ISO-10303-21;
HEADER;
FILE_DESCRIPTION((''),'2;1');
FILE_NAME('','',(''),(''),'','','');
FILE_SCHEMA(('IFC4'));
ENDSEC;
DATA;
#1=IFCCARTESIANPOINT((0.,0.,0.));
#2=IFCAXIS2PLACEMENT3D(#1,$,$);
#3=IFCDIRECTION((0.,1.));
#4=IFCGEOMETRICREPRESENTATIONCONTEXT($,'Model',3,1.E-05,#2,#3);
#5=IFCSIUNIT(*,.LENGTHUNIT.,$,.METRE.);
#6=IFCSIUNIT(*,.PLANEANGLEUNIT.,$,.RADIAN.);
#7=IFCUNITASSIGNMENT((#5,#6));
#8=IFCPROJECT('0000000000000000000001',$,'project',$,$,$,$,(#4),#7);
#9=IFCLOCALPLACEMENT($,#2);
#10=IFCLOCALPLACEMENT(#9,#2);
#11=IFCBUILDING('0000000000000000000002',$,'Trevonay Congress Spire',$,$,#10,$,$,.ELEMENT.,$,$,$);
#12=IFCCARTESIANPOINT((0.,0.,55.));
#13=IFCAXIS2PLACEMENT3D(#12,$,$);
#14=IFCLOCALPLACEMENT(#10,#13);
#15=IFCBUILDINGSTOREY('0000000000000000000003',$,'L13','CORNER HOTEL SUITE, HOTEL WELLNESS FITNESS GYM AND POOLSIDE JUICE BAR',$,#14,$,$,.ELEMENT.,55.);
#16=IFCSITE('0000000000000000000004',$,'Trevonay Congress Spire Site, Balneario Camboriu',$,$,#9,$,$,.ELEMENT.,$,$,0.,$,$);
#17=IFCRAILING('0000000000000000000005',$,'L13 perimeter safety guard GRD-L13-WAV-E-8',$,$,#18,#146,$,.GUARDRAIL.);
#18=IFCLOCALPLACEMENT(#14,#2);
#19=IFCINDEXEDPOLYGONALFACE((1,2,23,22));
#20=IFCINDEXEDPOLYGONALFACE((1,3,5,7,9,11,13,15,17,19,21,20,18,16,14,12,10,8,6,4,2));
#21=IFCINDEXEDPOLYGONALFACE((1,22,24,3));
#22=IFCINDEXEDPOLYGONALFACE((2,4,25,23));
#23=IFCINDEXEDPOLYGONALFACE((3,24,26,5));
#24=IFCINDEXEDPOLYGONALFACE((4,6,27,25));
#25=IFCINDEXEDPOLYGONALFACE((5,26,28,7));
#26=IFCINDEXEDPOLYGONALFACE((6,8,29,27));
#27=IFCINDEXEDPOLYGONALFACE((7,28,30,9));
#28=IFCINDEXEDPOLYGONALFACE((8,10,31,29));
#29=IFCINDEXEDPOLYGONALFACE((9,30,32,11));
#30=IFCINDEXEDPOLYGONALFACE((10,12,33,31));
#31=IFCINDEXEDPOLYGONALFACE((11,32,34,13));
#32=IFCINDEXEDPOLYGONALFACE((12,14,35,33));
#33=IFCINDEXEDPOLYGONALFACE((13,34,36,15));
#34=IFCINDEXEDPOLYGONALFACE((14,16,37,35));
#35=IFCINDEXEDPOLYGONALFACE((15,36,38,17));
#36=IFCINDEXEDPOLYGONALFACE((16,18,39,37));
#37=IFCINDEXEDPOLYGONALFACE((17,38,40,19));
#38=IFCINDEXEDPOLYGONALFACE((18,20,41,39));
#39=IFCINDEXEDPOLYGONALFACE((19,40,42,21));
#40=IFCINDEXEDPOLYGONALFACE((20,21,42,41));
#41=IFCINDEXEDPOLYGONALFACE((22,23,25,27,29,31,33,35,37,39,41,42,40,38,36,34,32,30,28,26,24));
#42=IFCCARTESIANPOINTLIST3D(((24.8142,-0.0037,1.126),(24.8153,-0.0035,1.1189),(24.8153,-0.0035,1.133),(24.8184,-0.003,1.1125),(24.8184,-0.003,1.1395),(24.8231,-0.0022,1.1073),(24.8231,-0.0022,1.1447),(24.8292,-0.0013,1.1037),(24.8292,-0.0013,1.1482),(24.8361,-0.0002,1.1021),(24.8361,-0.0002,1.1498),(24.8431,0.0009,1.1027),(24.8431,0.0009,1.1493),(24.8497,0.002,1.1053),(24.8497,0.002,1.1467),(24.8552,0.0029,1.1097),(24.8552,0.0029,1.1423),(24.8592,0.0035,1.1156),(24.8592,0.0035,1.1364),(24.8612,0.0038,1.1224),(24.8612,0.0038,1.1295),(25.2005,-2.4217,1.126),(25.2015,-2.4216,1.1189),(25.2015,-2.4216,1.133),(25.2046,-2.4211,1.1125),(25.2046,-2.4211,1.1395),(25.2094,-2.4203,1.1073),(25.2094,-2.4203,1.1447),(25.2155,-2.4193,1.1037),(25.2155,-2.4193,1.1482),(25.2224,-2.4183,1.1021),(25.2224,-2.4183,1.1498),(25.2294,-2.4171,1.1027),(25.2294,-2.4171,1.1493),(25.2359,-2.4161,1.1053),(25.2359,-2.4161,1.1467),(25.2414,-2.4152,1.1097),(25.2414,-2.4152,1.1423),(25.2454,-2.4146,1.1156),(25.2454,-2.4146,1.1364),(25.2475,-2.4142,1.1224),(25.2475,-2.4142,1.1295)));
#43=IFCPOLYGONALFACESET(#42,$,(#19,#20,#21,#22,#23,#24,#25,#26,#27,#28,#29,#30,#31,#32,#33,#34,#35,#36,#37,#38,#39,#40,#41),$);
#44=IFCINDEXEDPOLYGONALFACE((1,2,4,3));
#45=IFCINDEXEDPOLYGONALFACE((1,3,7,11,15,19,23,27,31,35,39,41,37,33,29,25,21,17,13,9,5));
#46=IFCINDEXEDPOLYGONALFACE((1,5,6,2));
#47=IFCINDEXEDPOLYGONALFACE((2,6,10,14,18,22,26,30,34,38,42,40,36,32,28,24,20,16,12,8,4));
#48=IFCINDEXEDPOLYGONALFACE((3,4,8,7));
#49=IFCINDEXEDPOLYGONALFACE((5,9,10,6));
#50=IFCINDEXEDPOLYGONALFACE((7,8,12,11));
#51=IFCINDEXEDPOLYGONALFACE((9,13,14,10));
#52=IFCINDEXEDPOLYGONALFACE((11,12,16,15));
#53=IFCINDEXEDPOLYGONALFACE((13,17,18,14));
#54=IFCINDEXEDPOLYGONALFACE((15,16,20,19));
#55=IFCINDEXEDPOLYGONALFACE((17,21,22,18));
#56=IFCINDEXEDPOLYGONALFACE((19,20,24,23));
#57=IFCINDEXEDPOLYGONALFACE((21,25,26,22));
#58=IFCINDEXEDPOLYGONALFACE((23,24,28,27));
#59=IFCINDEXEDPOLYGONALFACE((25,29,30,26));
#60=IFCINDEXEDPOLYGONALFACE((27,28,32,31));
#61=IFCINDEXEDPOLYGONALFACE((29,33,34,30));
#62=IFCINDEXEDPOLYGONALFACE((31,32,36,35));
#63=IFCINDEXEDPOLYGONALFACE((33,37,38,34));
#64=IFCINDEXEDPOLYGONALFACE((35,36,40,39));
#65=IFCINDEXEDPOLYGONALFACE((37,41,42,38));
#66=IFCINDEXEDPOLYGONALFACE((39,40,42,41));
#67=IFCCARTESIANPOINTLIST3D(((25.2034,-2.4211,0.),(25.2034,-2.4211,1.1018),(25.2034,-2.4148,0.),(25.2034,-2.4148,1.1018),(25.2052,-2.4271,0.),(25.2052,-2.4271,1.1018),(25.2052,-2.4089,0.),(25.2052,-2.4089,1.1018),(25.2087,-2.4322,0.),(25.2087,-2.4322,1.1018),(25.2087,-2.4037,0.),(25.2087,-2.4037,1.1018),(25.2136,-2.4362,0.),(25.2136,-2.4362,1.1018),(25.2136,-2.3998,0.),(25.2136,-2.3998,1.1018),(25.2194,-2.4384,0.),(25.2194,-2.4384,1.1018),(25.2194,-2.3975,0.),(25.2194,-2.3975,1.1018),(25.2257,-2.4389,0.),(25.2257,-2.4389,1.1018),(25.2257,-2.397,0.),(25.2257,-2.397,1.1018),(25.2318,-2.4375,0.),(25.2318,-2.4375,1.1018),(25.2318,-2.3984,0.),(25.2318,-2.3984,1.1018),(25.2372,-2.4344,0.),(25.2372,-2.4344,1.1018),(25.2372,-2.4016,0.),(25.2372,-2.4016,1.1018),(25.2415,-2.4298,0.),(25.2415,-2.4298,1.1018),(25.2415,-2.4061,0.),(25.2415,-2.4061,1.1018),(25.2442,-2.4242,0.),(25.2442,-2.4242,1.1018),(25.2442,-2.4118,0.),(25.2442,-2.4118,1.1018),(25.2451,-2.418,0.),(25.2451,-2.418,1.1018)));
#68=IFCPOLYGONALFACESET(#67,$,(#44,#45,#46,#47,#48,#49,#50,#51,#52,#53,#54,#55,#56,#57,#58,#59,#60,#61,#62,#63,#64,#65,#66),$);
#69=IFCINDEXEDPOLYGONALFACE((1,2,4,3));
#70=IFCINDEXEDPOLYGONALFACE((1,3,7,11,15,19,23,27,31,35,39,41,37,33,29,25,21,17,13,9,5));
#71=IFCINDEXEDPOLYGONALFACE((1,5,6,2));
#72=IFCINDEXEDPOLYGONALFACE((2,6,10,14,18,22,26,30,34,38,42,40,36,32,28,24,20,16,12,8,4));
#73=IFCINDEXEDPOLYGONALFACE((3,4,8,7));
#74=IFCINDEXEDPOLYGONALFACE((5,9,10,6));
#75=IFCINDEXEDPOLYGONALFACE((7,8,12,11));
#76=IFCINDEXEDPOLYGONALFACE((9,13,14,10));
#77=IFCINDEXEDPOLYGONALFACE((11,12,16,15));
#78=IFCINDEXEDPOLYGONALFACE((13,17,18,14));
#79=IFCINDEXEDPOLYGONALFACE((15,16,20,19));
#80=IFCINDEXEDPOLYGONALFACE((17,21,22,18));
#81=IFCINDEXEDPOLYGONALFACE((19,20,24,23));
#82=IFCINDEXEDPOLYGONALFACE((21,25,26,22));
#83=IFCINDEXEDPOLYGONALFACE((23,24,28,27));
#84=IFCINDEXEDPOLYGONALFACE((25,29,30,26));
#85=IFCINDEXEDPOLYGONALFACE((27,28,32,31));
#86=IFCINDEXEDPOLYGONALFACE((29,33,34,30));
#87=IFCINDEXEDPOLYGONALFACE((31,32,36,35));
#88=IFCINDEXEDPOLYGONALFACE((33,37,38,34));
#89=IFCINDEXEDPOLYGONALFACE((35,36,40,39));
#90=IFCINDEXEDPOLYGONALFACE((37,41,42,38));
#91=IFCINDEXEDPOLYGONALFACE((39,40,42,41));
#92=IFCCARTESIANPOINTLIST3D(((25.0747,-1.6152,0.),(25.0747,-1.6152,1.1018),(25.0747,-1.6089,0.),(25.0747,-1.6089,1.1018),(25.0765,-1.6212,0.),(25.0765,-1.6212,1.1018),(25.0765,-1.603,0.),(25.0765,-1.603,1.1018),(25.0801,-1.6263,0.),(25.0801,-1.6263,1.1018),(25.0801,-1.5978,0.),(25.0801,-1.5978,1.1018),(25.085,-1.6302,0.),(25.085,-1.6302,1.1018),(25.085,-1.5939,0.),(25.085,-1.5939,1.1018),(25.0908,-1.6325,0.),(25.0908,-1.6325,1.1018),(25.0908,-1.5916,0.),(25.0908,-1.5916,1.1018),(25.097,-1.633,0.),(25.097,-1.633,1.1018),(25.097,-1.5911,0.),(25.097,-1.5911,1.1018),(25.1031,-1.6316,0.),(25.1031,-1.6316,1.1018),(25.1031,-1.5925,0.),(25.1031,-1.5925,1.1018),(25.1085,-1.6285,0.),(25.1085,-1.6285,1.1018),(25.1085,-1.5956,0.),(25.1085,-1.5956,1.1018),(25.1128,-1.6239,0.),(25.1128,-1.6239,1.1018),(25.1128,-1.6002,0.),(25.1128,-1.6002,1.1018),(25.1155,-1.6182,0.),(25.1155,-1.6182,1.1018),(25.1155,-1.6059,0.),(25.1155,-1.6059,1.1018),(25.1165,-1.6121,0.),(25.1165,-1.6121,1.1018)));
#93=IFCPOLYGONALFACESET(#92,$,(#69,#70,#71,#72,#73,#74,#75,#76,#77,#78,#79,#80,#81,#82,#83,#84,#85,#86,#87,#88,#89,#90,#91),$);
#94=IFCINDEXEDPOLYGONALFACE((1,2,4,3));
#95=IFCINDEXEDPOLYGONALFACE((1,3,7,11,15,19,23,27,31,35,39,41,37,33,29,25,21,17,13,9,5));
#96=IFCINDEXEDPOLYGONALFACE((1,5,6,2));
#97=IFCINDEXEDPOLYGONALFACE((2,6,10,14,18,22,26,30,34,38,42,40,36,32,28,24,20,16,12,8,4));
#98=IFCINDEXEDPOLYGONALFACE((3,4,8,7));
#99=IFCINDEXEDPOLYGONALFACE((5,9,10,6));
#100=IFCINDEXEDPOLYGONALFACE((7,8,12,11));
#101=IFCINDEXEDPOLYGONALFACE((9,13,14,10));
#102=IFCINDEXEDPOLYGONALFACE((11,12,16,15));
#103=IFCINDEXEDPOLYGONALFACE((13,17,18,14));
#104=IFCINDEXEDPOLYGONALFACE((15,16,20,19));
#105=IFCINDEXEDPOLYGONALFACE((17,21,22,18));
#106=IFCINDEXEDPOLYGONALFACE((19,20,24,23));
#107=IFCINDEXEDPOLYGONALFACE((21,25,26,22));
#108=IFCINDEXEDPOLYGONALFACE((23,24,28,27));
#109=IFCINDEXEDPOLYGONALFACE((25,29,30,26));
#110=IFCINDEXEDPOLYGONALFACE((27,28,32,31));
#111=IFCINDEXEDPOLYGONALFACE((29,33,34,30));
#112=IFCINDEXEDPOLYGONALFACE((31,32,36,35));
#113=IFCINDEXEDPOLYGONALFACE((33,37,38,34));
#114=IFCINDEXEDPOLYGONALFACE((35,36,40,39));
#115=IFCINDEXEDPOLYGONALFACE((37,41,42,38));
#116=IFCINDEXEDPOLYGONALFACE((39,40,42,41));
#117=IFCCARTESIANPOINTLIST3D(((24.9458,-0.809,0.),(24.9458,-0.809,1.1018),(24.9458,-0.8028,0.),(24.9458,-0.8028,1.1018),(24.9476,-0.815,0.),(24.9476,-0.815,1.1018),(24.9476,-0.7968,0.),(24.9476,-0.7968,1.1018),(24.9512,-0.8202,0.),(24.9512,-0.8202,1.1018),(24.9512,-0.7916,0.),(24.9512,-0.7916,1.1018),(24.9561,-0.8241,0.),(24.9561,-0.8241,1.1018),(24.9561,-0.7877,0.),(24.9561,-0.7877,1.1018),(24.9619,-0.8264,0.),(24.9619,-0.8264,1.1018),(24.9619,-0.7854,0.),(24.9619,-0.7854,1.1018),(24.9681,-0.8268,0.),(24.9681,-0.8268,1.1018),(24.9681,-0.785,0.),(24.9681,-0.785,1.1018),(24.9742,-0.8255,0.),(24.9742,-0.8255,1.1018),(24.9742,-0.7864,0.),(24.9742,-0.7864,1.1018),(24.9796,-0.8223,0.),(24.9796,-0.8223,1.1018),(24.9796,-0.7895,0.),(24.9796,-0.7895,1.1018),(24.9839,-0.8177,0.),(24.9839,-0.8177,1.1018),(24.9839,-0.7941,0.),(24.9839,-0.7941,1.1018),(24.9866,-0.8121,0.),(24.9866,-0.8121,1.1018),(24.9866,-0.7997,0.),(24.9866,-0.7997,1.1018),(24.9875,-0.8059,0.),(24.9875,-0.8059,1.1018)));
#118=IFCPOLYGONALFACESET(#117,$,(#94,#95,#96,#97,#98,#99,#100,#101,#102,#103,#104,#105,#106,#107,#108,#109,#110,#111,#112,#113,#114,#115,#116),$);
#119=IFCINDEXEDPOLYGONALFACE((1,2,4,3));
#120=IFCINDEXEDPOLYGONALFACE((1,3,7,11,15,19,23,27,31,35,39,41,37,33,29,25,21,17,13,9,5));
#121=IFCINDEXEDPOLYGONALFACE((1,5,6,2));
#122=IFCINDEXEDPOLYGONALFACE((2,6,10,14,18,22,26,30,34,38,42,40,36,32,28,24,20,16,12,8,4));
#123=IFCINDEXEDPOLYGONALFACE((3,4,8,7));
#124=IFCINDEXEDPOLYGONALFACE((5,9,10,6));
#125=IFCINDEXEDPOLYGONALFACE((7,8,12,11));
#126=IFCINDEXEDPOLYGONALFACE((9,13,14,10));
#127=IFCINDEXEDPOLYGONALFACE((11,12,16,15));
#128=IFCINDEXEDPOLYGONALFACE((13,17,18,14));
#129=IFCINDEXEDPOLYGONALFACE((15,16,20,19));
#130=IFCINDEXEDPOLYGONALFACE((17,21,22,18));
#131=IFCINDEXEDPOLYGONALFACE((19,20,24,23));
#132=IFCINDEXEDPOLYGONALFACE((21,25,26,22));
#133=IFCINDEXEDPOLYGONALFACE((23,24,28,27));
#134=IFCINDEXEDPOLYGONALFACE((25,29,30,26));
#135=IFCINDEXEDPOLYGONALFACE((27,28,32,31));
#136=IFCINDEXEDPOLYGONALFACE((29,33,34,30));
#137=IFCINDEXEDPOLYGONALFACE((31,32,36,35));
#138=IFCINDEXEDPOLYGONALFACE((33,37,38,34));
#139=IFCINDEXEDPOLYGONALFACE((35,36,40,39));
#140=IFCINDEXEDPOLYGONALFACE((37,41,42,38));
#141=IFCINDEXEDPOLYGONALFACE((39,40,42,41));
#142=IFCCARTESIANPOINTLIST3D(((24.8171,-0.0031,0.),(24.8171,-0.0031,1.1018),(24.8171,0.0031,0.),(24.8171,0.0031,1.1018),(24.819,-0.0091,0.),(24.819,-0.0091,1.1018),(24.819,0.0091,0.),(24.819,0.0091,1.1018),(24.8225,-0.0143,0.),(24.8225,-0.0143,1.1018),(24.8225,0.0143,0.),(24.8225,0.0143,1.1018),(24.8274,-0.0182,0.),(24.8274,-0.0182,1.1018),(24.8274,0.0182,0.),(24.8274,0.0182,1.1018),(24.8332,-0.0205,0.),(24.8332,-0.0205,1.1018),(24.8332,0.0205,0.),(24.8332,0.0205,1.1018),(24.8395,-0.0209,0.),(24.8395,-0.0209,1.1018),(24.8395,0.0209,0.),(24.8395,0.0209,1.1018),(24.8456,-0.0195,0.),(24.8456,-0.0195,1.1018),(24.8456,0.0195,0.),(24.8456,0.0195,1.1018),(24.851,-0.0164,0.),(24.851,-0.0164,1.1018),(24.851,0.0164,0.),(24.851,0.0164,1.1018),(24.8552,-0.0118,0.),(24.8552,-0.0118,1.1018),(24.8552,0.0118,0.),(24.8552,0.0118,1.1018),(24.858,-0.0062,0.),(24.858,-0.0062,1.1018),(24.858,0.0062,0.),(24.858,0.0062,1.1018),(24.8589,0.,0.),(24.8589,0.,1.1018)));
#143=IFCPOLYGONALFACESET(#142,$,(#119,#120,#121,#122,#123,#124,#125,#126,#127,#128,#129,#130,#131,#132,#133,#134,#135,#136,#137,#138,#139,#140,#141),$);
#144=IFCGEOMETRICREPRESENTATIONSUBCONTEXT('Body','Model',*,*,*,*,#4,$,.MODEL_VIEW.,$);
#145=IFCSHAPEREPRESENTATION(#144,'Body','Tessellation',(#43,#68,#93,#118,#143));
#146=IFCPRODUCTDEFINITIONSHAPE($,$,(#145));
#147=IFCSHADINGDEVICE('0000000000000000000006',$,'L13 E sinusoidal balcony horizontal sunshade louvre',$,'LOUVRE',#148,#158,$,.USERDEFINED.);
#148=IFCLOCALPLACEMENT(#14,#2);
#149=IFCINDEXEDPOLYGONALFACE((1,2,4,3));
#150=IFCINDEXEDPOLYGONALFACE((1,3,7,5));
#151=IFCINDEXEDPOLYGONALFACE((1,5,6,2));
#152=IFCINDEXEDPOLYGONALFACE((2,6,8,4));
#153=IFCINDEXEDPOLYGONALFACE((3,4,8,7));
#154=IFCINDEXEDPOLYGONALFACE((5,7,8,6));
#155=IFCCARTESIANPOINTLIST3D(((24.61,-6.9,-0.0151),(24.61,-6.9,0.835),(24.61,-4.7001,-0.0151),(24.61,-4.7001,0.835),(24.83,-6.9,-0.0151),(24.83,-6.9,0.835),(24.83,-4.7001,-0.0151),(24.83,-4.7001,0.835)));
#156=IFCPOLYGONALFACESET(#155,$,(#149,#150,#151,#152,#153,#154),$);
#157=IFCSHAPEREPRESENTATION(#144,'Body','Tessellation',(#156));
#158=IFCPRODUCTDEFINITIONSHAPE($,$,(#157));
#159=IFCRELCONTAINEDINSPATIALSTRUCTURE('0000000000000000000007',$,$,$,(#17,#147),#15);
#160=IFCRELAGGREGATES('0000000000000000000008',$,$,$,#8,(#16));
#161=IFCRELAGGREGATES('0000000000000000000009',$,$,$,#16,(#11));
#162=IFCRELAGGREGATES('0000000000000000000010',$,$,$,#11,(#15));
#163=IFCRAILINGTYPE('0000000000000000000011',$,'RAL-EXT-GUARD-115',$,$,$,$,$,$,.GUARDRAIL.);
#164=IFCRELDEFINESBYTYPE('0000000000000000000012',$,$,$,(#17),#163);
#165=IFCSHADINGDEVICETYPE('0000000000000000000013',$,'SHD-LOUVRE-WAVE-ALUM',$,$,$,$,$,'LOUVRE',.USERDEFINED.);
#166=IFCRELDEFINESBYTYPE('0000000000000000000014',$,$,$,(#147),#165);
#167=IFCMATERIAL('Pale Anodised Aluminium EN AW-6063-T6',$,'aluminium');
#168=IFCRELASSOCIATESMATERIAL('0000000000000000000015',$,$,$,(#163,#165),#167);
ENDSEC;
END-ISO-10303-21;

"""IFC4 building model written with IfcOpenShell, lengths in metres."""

from ifc_helpers import new_model, si_unit, direction, frame, origin, origin_2d, place, context, subcontext, project, spatial, rectangle, circle, extrude, material, type_object, element, save


model = new_model("IFC4")

# Units and contexts
model_context = context("Model", 3, precision=1e-05, world=origin(), true_north=direction((0.0, 1.0)))
body_context = subcontext(model_context, "Body", "Model", "MODEL_VIEW")
ifc_project = project(units=[si_unit("LENGTHUNIT", "METRE"), si_unit("PLANEANGLEUNIT", "RADIAN")], contexts=[model_context])

# Site, building, storey
site_placement = place(None, origin())
site = spatial("IfcSite", under=ifc_project, at=site_placement, Name="Trevonay Congress Spire Site, Balneario Camboriu", CompositionType="ELEMENT", RefElevation=0.0)
building_placement = place(site_placement, origin())
building = spatial("IfcBuilding", under=site, at=building_placement, Name="Trevonay Congress Spire", CompositionType="ELEMENT")
storey_placement = place(building_placement, frame((0.0, 0.0, 55.0)))
storey = spatial("IfcBuildingStorey", under=building, at=storey_placement, Name="L13", Description="CORNER HOTEL SUITE, HOTEL WELLNESS FITNESS GYM AND POOLSIDE JUICE BAR", CompositionType="ELEMENT", Elevation=55.0)

# Shared definitions
ifc_material_1 = material(Name="Pale Anodised Aluminium EN AW-6063-T6", Category="aluminium")

# Railing
railing_type = type_object("IfcRailingType", Name="RAL-EXT-GUARD-115", PredefinedType="GUARDRAIL", material=ifc_material_1)
railing_1_placement = place(storey_placement, frame((25.2241, -2.418, 0.0)))
element("IfcRailing", 1, at=railing_1_placement, inside=storey, type_object=railing_type, Name="L13 perimeter safety guard GRD-L13-WAV-E-8", PredefinedType="GUARDRAIL", context=body_context, shape_type="SweptSolid", body=[
    extrude(circle(Radius=0.0239, at=origin_2d()), frame((0.0, 0.0, 1.126), z_axis=(-0.157734, 0.987482, 0.0), x_axis=(-0.987482, -0.157734, 0.0)), (0.0, 0.0, 1.0), 2.4487),
    extrude(circle(Radius=0.021, at=origin_2d()), origin(), (0.0, 0.0, 1.0), 1.1018),
    extrude(circle(Radius=0.021, at=origin_2d()), frame((-0.1287, 0.8059, 0.0)), (0.0, 0.0, 1.0), 1.1018),
    extrude(circle(Radius=0.021, at=origin_2d()), frame((-0.2576, 1.6121, 0.0)), (0.0, 0.0, 1.0), 1.1018),
    extrude(circle(Radius=0.021, at=origin_2d()), frame((-0.3862, 2.418, 0.0)), (0.0, 0.0, 1.0), 1.1018),
])

# Shading device
shading_device_type = type_object("IfcShadingDeviceType", Name="SHD-LOUVRE-WAVE-ALUM", ElementType="LOUVRE", PredefinedType="USERDEFINED", material=ifc_material_1)
shading_device_placement = place(storey_placement, frame((24.72, -5.8, -0.0151), z_axis=(0.0, 0.0, 1.0), x_axis=(0.0, 1.0, 0.0)))
element("IfcShadingDevice", 2, at=shading_device_placement, inside=storey, type_object=shading_device_type, Name="L13 E sinusoidal balcony horizontal sunshade louvre", ObjectType="LOUVRE", PredefinedType="USERDEFINED", context=body_context, shape_type="SweptSolid", body=[
    extrude(rectangle(XDim=2.2, YDim=0.22, at=origin_2d()), origin(), (0.0, 0.0, 1.0), 0.8501),
])

save(model, "model.ifc")
